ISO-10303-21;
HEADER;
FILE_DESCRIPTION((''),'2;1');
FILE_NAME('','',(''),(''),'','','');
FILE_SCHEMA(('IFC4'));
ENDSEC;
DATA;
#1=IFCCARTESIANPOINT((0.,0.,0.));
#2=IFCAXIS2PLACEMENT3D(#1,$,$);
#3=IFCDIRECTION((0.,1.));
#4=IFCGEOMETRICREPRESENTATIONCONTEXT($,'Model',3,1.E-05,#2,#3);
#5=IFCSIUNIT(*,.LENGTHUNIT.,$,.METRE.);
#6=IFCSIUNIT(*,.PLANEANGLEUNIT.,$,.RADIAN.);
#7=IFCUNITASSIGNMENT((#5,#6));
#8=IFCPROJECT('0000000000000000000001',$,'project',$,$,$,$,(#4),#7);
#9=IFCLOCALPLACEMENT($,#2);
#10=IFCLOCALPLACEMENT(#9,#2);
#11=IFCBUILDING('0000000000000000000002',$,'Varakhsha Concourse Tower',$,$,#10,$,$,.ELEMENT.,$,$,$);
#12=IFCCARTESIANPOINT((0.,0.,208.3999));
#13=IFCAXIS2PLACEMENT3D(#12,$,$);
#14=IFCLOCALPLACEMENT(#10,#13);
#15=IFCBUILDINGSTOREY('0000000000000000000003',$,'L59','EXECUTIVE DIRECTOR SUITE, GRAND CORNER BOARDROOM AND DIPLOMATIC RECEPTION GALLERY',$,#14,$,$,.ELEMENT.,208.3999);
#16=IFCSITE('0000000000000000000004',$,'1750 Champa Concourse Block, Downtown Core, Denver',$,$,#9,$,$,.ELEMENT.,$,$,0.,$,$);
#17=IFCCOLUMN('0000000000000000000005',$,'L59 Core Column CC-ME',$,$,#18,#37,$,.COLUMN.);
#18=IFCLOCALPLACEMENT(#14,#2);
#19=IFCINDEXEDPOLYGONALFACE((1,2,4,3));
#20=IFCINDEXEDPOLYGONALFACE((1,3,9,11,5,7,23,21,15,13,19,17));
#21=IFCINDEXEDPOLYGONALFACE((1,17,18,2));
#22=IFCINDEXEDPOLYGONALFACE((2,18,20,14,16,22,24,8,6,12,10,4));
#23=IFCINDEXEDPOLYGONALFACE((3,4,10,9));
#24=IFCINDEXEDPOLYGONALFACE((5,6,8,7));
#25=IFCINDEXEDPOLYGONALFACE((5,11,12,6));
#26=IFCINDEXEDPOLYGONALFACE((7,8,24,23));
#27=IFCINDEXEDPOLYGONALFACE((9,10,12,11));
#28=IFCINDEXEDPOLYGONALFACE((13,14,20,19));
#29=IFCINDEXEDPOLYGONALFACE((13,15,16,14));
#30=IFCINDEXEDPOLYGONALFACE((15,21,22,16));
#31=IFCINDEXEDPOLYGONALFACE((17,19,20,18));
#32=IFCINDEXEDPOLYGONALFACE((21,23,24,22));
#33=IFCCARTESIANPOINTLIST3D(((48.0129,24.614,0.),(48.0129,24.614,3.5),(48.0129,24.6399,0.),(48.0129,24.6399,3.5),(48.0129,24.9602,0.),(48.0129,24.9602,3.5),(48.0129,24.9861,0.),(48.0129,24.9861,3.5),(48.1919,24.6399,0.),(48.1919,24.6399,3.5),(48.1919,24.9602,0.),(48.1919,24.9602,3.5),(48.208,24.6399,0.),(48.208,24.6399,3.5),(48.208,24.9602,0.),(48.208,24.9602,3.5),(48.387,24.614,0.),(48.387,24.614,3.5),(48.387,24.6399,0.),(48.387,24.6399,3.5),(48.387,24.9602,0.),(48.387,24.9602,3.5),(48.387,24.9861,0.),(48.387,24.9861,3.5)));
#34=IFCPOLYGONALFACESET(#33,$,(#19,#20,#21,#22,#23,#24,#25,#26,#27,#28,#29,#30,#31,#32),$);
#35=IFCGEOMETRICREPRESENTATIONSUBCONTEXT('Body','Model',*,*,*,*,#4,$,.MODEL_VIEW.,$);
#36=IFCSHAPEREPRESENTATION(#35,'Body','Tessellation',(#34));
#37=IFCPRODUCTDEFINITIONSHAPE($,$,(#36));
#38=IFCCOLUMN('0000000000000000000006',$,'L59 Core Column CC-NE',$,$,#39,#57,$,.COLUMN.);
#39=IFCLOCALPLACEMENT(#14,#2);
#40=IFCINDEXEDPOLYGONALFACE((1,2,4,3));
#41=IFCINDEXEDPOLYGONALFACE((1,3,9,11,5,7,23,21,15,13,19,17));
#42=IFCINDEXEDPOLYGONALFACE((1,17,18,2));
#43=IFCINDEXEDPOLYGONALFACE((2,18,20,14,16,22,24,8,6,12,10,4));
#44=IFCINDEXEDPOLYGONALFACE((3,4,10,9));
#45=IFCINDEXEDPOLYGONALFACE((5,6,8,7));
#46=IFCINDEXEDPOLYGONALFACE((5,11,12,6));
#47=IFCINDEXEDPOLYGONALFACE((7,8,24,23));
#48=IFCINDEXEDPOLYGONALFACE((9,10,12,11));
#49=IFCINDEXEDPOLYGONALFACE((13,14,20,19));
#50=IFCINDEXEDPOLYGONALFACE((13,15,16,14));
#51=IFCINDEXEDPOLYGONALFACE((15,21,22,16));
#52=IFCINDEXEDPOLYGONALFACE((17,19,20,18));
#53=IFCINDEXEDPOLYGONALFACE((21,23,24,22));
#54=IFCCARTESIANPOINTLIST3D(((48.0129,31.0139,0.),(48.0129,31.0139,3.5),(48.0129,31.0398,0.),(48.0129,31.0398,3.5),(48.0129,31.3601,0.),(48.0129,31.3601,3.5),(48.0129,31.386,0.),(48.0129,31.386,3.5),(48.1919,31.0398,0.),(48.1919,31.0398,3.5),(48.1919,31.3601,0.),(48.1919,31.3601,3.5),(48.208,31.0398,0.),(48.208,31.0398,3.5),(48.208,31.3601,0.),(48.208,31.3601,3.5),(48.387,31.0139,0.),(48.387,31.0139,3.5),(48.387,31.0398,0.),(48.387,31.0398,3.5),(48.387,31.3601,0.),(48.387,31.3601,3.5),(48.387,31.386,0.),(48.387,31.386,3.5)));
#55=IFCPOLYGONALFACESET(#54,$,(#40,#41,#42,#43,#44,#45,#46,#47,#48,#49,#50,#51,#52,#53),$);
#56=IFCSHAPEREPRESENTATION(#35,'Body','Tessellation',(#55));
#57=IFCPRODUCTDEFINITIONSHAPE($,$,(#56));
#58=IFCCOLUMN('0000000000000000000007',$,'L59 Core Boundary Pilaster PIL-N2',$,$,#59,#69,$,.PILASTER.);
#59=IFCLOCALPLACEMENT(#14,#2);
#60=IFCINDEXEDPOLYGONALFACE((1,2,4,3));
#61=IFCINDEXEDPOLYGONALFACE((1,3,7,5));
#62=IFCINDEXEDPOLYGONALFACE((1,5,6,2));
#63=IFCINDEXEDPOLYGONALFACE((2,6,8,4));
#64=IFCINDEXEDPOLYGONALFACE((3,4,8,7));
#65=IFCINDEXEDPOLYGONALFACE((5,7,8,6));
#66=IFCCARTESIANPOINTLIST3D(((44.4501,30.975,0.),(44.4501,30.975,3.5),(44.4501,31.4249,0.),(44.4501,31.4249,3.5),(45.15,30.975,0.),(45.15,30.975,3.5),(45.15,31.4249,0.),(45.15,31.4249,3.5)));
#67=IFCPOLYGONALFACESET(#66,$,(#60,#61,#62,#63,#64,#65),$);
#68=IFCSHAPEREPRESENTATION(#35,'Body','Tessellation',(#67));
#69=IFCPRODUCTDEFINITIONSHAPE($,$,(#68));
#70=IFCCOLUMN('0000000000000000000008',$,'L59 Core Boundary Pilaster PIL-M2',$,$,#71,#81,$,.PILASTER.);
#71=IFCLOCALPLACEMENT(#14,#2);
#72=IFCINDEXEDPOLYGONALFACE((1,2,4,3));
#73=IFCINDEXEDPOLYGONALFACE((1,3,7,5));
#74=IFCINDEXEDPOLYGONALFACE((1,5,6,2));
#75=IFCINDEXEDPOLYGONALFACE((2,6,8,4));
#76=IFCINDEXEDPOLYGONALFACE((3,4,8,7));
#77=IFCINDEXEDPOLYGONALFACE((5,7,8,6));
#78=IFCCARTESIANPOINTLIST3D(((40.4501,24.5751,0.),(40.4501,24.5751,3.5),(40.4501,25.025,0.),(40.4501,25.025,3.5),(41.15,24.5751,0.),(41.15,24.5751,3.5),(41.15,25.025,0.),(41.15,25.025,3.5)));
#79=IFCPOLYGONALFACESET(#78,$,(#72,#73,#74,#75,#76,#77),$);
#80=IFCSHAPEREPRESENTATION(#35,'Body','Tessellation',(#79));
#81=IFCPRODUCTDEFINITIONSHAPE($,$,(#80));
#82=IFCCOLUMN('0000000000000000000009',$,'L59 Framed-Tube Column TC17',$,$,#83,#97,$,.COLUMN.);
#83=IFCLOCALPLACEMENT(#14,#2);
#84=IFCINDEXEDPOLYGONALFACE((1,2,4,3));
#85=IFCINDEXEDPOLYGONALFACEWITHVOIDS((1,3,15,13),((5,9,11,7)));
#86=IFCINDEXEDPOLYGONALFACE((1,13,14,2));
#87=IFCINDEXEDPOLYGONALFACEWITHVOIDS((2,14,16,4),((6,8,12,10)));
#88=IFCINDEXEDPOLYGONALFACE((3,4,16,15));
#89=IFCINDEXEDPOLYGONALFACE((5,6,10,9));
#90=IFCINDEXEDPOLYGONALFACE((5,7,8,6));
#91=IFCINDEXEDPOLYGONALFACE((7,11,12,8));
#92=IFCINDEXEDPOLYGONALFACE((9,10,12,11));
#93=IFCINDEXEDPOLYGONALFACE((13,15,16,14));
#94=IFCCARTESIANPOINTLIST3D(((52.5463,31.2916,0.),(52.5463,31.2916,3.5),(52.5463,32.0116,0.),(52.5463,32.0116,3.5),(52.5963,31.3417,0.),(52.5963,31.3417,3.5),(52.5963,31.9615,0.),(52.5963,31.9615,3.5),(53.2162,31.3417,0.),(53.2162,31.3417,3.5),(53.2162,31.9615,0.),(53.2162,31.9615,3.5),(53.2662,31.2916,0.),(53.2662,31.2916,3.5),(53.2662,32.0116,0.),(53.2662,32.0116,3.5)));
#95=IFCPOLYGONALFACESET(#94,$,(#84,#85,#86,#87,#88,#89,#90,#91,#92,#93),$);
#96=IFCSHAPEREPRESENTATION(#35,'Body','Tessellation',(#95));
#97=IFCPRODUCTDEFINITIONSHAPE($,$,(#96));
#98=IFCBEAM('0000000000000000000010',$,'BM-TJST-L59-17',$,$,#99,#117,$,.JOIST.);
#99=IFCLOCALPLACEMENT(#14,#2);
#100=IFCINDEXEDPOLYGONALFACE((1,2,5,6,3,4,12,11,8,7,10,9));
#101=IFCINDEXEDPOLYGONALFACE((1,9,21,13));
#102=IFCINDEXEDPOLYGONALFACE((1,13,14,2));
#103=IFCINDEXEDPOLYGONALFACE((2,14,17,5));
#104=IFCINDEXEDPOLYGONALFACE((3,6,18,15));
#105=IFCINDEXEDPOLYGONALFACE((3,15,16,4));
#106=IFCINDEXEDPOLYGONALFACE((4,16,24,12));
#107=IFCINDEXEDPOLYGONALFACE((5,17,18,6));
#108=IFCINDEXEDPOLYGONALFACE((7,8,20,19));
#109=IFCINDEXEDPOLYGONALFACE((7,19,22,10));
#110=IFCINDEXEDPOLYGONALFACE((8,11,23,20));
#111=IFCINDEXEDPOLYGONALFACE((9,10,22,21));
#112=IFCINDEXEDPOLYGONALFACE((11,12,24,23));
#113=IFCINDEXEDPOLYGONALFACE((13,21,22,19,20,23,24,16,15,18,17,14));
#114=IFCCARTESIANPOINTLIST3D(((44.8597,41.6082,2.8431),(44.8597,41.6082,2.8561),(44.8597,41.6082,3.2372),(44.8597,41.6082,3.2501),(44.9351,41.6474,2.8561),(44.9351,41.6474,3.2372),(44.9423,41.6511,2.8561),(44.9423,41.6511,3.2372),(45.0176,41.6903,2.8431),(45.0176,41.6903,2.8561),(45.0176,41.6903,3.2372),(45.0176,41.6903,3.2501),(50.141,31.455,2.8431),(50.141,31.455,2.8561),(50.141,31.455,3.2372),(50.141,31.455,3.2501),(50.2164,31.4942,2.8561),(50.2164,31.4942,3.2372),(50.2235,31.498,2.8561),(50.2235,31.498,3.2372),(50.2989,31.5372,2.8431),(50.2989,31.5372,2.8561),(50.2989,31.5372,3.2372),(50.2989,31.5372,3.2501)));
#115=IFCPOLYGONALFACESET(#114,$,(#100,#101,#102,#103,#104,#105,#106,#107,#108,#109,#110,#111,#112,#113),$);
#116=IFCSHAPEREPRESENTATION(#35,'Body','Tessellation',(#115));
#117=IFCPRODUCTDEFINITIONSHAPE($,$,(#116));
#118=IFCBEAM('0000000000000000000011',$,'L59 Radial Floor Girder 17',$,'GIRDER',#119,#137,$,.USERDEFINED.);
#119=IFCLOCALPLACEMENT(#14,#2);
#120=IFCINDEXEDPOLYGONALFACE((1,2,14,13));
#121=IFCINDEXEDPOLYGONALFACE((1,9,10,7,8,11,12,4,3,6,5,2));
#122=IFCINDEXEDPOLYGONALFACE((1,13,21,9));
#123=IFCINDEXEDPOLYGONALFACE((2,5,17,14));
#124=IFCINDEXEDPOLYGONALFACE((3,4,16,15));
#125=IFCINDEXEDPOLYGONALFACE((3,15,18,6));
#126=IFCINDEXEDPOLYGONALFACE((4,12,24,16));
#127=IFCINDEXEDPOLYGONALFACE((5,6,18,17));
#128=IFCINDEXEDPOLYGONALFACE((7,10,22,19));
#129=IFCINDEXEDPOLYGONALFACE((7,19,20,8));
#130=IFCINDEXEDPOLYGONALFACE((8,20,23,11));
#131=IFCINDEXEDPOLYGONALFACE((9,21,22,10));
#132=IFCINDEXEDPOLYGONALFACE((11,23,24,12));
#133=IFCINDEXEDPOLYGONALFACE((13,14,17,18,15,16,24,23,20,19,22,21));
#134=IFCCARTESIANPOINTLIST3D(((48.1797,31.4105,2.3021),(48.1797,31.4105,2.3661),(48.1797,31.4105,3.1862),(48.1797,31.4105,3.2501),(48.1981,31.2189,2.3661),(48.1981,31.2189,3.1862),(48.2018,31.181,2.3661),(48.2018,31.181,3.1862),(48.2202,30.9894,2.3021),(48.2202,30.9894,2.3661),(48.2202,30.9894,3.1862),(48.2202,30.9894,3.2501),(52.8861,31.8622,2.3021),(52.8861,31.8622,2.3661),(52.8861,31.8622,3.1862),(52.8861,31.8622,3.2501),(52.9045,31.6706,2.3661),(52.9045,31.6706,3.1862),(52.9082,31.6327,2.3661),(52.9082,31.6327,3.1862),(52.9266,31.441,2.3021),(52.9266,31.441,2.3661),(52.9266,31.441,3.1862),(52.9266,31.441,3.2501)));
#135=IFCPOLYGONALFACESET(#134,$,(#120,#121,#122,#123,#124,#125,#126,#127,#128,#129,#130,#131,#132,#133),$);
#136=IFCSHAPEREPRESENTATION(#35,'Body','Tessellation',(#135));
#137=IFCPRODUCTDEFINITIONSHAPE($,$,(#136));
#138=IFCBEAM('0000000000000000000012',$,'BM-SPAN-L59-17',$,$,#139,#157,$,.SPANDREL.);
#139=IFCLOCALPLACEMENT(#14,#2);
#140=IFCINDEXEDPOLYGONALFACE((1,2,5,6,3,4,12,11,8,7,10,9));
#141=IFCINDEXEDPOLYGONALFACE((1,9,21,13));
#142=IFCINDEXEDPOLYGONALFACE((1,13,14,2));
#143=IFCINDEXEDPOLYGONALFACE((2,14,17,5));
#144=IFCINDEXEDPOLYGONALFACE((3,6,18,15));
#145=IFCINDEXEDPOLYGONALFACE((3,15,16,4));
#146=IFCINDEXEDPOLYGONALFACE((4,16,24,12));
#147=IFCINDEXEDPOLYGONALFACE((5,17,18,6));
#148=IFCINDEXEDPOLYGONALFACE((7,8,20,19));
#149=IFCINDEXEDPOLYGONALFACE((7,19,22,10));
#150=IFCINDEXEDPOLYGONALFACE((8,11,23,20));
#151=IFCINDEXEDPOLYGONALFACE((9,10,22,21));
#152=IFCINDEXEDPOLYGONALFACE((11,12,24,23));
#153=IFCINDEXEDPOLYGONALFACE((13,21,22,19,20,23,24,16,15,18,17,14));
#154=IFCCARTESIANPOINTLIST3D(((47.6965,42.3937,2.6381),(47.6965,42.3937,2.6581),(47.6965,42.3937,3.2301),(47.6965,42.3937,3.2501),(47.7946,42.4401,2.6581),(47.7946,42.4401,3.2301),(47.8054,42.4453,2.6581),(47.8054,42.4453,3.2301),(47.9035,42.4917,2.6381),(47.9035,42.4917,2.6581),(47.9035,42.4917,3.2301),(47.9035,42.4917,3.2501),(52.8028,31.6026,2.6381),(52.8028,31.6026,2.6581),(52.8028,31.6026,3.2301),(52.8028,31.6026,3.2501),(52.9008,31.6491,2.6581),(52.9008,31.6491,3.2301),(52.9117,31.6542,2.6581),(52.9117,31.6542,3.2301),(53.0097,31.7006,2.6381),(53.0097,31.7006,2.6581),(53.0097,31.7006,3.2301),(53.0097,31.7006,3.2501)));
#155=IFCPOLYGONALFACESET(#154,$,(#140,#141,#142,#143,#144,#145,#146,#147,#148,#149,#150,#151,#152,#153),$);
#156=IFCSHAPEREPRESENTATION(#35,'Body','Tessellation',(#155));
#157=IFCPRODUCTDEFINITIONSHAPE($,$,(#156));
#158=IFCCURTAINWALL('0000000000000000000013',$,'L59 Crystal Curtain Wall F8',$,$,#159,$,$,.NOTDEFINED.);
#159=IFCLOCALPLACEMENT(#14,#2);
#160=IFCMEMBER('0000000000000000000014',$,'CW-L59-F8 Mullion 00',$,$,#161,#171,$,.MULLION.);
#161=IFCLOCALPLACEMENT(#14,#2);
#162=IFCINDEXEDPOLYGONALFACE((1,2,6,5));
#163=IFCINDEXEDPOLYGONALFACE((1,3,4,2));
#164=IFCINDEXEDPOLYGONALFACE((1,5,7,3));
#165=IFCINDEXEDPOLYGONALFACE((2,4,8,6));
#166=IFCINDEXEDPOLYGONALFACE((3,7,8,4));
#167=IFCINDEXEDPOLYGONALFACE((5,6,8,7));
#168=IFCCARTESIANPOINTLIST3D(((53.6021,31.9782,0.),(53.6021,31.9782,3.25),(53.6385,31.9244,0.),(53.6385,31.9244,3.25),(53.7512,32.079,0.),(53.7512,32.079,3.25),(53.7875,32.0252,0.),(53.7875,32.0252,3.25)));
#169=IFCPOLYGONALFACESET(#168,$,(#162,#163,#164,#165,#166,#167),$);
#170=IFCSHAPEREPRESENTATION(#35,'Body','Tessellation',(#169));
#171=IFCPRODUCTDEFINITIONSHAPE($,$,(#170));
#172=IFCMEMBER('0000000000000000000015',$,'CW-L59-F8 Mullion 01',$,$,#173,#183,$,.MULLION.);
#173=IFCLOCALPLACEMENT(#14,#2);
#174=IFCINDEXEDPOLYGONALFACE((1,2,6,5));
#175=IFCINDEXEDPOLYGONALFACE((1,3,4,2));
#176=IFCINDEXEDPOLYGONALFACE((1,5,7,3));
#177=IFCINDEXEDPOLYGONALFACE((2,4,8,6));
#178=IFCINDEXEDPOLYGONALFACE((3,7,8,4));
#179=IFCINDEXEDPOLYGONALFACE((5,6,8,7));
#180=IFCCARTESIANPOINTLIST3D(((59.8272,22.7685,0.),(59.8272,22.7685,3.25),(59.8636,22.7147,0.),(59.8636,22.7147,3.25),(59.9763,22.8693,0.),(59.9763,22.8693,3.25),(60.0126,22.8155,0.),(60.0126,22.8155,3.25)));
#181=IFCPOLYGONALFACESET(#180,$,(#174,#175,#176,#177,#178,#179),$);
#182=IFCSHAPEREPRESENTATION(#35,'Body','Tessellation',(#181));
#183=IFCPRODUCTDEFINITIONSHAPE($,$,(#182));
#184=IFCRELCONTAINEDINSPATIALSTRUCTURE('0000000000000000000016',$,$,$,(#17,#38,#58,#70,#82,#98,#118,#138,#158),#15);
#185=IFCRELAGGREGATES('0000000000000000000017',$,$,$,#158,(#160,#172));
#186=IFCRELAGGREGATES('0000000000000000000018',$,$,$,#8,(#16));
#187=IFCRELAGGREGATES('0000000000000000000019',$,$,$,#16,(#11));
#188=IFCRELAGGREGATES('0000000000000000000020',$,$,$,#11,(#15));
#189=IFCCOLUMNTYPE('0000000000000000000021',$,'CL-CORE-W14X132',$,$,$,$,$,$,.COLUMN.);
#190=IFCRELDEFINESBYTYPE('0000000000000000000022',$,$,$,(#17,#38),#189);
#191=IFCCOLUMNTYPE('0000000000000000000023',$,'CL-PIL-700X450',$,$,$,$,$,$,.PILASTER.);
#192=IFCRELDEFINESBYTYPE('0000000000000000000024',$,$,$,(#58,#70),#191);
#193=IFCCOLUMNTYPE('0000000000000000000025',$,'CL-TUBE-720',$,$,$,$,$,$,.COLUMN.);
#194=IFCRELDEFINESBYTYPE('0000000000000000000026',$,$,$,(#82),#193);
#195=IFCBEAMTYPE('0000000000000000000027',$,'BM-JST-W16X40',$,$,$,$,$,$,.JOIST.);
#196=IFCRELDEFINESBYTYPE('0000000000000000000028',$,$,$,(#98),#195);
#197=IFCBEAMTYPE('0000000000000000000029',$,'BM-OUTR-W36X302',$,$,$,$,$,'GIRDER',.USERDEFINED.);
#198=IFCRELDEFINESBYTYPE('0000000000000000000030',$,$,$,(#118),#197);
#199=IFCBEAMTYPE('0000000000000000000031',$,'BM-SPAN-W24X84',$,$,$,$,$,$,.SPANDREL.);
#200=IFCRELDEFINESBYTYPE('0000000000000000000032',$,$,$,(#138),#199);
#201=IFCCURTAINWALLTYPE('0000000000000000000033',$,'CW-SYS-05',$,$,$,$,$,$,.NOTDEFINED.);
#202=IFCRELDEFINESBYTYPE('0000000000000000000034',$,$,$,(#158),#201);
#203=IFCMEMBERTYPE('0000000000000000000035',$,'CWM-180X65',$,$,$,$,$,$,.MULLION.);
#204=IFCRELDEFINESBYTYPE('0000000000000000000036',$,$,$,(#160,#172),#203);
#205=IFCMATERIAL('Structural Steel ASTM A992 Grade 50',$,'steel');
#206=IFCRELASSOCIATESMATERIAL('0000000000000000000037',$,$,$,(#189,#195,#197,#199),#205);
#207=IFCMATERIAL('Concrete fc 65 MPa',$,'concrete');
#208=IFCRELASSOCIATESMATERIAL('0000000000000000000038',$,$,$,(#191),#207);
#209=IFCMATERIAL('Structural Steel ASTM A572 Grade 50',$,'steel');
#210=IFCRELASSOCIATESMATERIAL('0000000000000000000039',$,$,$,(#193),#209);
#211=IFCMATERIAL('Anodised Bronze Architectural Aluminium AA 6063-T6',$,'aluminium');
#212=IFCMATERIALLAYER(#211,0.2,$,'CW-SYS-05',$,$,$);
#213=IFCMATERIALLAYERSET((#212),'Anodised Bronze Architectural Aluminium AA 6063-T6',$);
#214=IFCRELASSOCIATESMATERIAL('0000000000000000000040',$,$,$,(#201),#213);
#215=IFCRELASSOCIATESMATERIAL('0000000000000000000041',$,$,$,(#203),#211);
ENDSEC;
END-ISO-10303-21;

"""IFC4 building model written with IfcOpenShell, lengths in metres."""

from ifc_helpers import new_model, si_unit, direction, frame, origin, origin_2d, place, context, subcontext, project, spatial, rectangle, hollow_rectangle, i_section, extrude, source, transform, mapped, material, layer, layer_set, material_profile, profile_set, type_object, type_shapes, element, aggregate, save


model = new_model("IFC4")

# Units and contexts
model_context = context("Model", 3, precision=1e-05, world=origin(), true_north=direction((0.0, 1.0)))
body_context = subcontext(model_context, "Body", "Model", "MODEL_VIEW")
ifc_project = project(units=[si_unit("LENGTHUNIT", "METRE"), si_unit("PLANEANGLEUNIT", "RADIAN")], contexts=[model_context])

# Site, building, storey
site_placement = place(None, origin())
site = spatial("IfcSite", under=ifc_project, at=site_placement, Name="1750 Champa Concourse Block, Downtown Core, Denver", CompositionType="ELEMENT", RefElevation=0.0)
building_placement = place(site_placement, origin())
building = spatial("IfcBuilding", under=site, at=building_placement, Name="Varakhsha Concourse Tower", CompositionType="ELEMENT")
storey_placement = place(building_placement, frame((0.0, 0.0, 208.3999)))
storey = spatial("IfcBuildingStorey", under=building, at=storey_placement, Name="L59", Description="EXECUTIVE DIRECTOR SUITE, GRAND CORNER BOARDROOM AND DIPLOMATIC RECEPTION GALLERY", CompositionType="ELEMENT", Elevation=208.3999)

# Columns
ifc_material_1 = material(Name="Structural Steel ASTM A992 Grade 50", Category="steel")
ifc_material_profile_1 = material_profile(ifc_material_1, i_section(OverallWidth=0.374, OverallDepth=0.3721, WebThickness=0.0161, FlangeThickness=0.0259, at=origin_2d()), Name="W14X132")
ifc_profile_set_1 = profile_set([ifc_material_profile_1], Name="Structural Steel ASTM A992 Grade 50")
column_type_1 = type_object("IfcColumnType", Name="CL-CORE-W14X132", PredefinedType="COLUMN", material=ifc_profile_set_1)
for number, where, z_axis, x_axis, name in (
    (1, (48.2, 24.8, 0.0), (0.0, 0.0, 1.0), (1.0, 0.0, 0.0), "L59 Core Column CC-ME"),
    (2, (48.2, 31.2, 0.0), (0.0, 0.0, 1.0), (1.0, 0.0, 0.0), "L59 Core Column CC-NE"),
):
    element("IfcColumn", number, at=place(storey_placement, frame(where, z_axis=z_axis, x_axis=x_axis)), inside=storey, type_object=column_type_1, Name=name, PredefinedType="COLUMN", context=body_context, shape_type="SweptSolid", body=[
        extrude(i_section(OverallWidth=0.374, OverallDepth=0.3721, WebThickness=0.0161, FlangeThickness=0.0259, at=origin_2d()), origin(), (0.0, 0.0, 1.0), 3.5),
    ])
ifc_material_2 = material(Name="Concrete fc 65 MPa", Category="concrete")
ifc_material_profile_2 = material_profile(ifc_material_2, rectangle(XDim=0.7, YDim=0.45, at=origin_2d()), Name="RC 700x450")
ifc_profile_set_2 = profile_set([ifc_material_profile_2], Name="Concrete fc 65 MPa")
column_type_2 = type_object("IfcColumnType", Name="CL-PIL-700X450", PredefinedType="PILASTER", material=ifc_profile_set_2)
for number, where, z_axis, x_axis, name in (
    (3, (44.8, 31.2, 0.0), (0.0, 0.0, 1.0), (1.0, 0.0, 0.0), "L59 Core Boundary Pilaster PIL-N2"),
    (4, (40.8, 24.8, 0.0), (0.0, 0.0, 1.0), (1.0, 0.0, 0.0), "L59 Core Boundary Pilaster PIL-M2"),
):
    element("IfcColumn", number, at=place(storey_placement, frame(where, z_axis=z_axis, x_axis=x_axis)), inside=storey, type_object=column_type_2, Name=name, PredefinedType="PILASTER", context=body_context, shape_type="SweptSolid", body=[
        extrude(rectangle(XDim=0.7, YDim=0.45, at=origin_2d()), origin(), (0.0, 0.0, 1.0), 3.5),
    ])
ifc_material_3 = material(Name="Structural Steel ASTM A572 Grade 50", Category="steel")
ifc_material_profile_3 = material_profile(ifc_material_3, hollow_rectangle(XDim=0.72, YDim=0.72, WallThickness=0.05, at=origin_2d()), Name="BOX 720x720x50")
ifc_profile_set_3 = profile_set([ifc_material_profile_3], Name="Structural Steel ASTM A572 Grade 50")
column_type_3 = type_object("IfcColumnType", Name="CL-TUBE-720", PredefinedType="COLUMN", material=ifc_profile_set_3)
column_placement = place(storey_placement, frame((52.9062, 31.6516, 0.0), z_axis=(0.0, 0.0, 1.0), x_axis=(1.0, 0.0, 0.0)))
element("IfcColumn", 5, at=column_placement, inside=storey, type_object=column_type_3, Name="L59 Framed-Tube Column TC17", PredefinedType="COLUMN", context=body_context, shape_type="SweptSolid", body=[
    extrude(hollow_rectangle(XDim=0.72, YDim=0.72, WallThickness=0.05, at=origin_2d()), origin(), (0.0, 0.0, 1.0), 3.5),
])

# Beams
ifc_material_profile_4 = material_profile(ifc_material_1, i_section(OverallWidth=0.178, OverallDepth=0.407, WebThickness=0.0081, FlangeThickness=0.0129, at=origin_2d()), Name="W16X40")
ifc_profile_set_4 = profile_set([ifc_material_profile_4], Name="Structural Steel ASTM A992 Grade 50")
beam_type_1 = type_object("IfcBeamType", Name="BM-JST-W16X40", PredefinedType="JOIST", material=ifc_profile_set_4)
beam_1_placement = place(storey_placement, frame((50.22, 31.4961, 3.0466), z_axis=(-0.461466, 0.887158, 0.0), x_axis=(-0.887158, -0.461466, 0.0)))
element("IfcBeam", 6, at=beam_1_placement, inside=storey, type_object=beam_type_1, Name="BM-TJST-L59-17", PredefinedType="JOIST", context=body_context, shape_type="SweptSolid", body=[
    extrude(i_section(OverallWidth=0.178, OverallDepth=0.407, WebThickness=0.0081, FlangeThickness=0.0129, at=origin_2d()), origin(), (0.0, 0.0, 1.0), 11.4446),
])
ifc_material_profile_5 = material_profile(ifc_material_1, i_section(OverallWidth=0.4231, OverallDepth=0.948, WebThickness=0.0381, FlangeThickness=0.064, at=origin_2d()), Name="W36X302")
ifc_profile_set_5 = profile_set([ifc_material_profile_5], Name="Structural Steel ASTM A992 Grade 50")
beam_type_2 = type_object("IfcBeamType", Name="BM-OUTR-W36X302", ElementType="GIRDER", PredefinedType="USERDEFINED", material=ifc_profile_set_5)
beam_2_placement = place(storey_placement, frame((48.2, 31.2, 2.7761), z_axis=(0.995427, 0.09553, 0.0), x_axis=(-0.09553, 0.995427, 0.0)))
element("IfcBeam", 7, at=beam_2_placement, inside=storey, type_object=beam_type_2, Name="L59 Radial Floor Girder 17", ObjectType="GIRDER", PredefinedType="USERDEFINED", context=body_context, shape_type="SweptSolid", body=[
    extrude(i_section(OverallWidth=0.4231, OverallDepth=0.948, WebThickness=0.0381, FlangeThickness=0.064, at=origin_2d()), origin(), (0.0, 0.0, 1.0), 4.728),
])
ifc_material_profile_6 = material_profile(ifc_material_1, i_section(OverallWidth=0.229, OverallDepth=0.6121, WebThickness=0.012, FlangeThickness=0.02, at=origin_2d()), Name="W24X84")
ifc_profile_set_6 = profile_set([ifc_material_profile_6], Name="Structural Steel ASTM A992 Grade 50")
beam_type_3 = type_object("IfcBeamType", Name="BM-SPAN-W24X84", PredefinedType="SPANDREL", material=ifc_profile_set_6)
beam_3_placement = place(storey_placement, frame((52.9062, 31.6516, 2.9441), z_axis=(-0.427721, 0.903911, 0.0), x_axis=(-0.903911, -0.427721, 0.0)))
element("IfcBeam", 8, at=beam_3_placement, inside=storey, type_object=beam_type_3, Name="BM-SPAN-L59-17", PredefinedType="SPANDREL", context=body_context, shape_type="SweptSolid", body=[
    extrude(i_section(OverallWidth=0.229, OverallDepth=0.6121, WebThickness=0.012, FlangeThickness=0.02, at=origin_2d()), origin(), (0.0, 0.0, 1.0), 11.9382),
])

# Curtain wall, members
ifc_material_4 = material(Name="Anodised Bronze Architectural Aluminium AA 6063-T6", Category="aluminium")
ifc_layer_1 = layer(ifc_material_4, 0.2, Name="CW-SYS-05")
ifc_layer_set_1 = layer_set([ifc_layer_1], Name="Anodised Bronze Architectural Aluminium AA 6063-T6")
curtain_wall_type = type_object("IfcCurtainWallType", Name="CW-SYS-05", PredefinedType="NOTDEFINED", material=ifc_layer_set_1)
curtain_wall_1_placement = place(storey_placement, origin())
curtain_wall_1 = element("IfcCurtainWall", 9, at=curtain_wall_1_placement, inside=storey, type_object=curtain_wall_type, Name="L59 Crystal Curtain Wall F8", PredefinedType="NOTDEFINED")
ifc_material_profile_7 = material_profile(ifc_material_4, rectangle(XDim=0.0649, YDim=0.1799, at=origin_2d()), Name="CWM-180X65")
ifc_profile_set_7 = profile_set([ifc_material_profile_7], Name="Anodised Bronze Architectural Aluminium AA 6063-T6")
member_type_1 = type_object("IfcMemberType", Name="CWM-180X65", PredefinedType="MULLION", material=ifc_profile_set_7)
shared_shape_1 = source(origin(), body_context, "Body", "SweptSolid", [
    extrude(rectangle(XDim=0.0649, YDim=0.1799, at=origin_2d()), origin(), (0.0, 0.0, 1.0), 3.25),
])
type_shapes(member_type_1, [shared_shape_1])
member_1_placement = place(storey_placement, frame((53.6948, 32.0017, 0.0), z_axis=(0.0, 0.0, 1.0), x_axis=(0.559999, -0.828494, 0.0)))
member_1 = element("IfcMember", 10, at=member_1_placement, type_object=member_type_1, Name="CW-L59-F8 Mullion 00", PredefinedType="MULLION", context=body_context, shape_type="MappedRepresentation", body=[
    mapped(shared_shape_1, transform((0.0, 0.0, 0.0), scale=1.0)),
])
member_2_placement = place(storey_placement, frame((59.9199, 22.792, 0.0), z_axis=(0.0, 0.0, 1.0), x_axis=(0.559999, -0.828494, 0.0)))
member_2 = element("IfcMember", 11, at=member_2_placement, type_object=member_type_1, Name="CW-L59-F8 Mullion 01", PredefinedType="MULLION", context=body_context, shape_type="MappedRepresentation", body=[
    mapped(shared_shape_1, transform((0.0, 0.0, 0.0), scale=1.0)),
])

aggregate(curtain_wall_1, [member_1, member_2])

save(model, "model.ifc")
